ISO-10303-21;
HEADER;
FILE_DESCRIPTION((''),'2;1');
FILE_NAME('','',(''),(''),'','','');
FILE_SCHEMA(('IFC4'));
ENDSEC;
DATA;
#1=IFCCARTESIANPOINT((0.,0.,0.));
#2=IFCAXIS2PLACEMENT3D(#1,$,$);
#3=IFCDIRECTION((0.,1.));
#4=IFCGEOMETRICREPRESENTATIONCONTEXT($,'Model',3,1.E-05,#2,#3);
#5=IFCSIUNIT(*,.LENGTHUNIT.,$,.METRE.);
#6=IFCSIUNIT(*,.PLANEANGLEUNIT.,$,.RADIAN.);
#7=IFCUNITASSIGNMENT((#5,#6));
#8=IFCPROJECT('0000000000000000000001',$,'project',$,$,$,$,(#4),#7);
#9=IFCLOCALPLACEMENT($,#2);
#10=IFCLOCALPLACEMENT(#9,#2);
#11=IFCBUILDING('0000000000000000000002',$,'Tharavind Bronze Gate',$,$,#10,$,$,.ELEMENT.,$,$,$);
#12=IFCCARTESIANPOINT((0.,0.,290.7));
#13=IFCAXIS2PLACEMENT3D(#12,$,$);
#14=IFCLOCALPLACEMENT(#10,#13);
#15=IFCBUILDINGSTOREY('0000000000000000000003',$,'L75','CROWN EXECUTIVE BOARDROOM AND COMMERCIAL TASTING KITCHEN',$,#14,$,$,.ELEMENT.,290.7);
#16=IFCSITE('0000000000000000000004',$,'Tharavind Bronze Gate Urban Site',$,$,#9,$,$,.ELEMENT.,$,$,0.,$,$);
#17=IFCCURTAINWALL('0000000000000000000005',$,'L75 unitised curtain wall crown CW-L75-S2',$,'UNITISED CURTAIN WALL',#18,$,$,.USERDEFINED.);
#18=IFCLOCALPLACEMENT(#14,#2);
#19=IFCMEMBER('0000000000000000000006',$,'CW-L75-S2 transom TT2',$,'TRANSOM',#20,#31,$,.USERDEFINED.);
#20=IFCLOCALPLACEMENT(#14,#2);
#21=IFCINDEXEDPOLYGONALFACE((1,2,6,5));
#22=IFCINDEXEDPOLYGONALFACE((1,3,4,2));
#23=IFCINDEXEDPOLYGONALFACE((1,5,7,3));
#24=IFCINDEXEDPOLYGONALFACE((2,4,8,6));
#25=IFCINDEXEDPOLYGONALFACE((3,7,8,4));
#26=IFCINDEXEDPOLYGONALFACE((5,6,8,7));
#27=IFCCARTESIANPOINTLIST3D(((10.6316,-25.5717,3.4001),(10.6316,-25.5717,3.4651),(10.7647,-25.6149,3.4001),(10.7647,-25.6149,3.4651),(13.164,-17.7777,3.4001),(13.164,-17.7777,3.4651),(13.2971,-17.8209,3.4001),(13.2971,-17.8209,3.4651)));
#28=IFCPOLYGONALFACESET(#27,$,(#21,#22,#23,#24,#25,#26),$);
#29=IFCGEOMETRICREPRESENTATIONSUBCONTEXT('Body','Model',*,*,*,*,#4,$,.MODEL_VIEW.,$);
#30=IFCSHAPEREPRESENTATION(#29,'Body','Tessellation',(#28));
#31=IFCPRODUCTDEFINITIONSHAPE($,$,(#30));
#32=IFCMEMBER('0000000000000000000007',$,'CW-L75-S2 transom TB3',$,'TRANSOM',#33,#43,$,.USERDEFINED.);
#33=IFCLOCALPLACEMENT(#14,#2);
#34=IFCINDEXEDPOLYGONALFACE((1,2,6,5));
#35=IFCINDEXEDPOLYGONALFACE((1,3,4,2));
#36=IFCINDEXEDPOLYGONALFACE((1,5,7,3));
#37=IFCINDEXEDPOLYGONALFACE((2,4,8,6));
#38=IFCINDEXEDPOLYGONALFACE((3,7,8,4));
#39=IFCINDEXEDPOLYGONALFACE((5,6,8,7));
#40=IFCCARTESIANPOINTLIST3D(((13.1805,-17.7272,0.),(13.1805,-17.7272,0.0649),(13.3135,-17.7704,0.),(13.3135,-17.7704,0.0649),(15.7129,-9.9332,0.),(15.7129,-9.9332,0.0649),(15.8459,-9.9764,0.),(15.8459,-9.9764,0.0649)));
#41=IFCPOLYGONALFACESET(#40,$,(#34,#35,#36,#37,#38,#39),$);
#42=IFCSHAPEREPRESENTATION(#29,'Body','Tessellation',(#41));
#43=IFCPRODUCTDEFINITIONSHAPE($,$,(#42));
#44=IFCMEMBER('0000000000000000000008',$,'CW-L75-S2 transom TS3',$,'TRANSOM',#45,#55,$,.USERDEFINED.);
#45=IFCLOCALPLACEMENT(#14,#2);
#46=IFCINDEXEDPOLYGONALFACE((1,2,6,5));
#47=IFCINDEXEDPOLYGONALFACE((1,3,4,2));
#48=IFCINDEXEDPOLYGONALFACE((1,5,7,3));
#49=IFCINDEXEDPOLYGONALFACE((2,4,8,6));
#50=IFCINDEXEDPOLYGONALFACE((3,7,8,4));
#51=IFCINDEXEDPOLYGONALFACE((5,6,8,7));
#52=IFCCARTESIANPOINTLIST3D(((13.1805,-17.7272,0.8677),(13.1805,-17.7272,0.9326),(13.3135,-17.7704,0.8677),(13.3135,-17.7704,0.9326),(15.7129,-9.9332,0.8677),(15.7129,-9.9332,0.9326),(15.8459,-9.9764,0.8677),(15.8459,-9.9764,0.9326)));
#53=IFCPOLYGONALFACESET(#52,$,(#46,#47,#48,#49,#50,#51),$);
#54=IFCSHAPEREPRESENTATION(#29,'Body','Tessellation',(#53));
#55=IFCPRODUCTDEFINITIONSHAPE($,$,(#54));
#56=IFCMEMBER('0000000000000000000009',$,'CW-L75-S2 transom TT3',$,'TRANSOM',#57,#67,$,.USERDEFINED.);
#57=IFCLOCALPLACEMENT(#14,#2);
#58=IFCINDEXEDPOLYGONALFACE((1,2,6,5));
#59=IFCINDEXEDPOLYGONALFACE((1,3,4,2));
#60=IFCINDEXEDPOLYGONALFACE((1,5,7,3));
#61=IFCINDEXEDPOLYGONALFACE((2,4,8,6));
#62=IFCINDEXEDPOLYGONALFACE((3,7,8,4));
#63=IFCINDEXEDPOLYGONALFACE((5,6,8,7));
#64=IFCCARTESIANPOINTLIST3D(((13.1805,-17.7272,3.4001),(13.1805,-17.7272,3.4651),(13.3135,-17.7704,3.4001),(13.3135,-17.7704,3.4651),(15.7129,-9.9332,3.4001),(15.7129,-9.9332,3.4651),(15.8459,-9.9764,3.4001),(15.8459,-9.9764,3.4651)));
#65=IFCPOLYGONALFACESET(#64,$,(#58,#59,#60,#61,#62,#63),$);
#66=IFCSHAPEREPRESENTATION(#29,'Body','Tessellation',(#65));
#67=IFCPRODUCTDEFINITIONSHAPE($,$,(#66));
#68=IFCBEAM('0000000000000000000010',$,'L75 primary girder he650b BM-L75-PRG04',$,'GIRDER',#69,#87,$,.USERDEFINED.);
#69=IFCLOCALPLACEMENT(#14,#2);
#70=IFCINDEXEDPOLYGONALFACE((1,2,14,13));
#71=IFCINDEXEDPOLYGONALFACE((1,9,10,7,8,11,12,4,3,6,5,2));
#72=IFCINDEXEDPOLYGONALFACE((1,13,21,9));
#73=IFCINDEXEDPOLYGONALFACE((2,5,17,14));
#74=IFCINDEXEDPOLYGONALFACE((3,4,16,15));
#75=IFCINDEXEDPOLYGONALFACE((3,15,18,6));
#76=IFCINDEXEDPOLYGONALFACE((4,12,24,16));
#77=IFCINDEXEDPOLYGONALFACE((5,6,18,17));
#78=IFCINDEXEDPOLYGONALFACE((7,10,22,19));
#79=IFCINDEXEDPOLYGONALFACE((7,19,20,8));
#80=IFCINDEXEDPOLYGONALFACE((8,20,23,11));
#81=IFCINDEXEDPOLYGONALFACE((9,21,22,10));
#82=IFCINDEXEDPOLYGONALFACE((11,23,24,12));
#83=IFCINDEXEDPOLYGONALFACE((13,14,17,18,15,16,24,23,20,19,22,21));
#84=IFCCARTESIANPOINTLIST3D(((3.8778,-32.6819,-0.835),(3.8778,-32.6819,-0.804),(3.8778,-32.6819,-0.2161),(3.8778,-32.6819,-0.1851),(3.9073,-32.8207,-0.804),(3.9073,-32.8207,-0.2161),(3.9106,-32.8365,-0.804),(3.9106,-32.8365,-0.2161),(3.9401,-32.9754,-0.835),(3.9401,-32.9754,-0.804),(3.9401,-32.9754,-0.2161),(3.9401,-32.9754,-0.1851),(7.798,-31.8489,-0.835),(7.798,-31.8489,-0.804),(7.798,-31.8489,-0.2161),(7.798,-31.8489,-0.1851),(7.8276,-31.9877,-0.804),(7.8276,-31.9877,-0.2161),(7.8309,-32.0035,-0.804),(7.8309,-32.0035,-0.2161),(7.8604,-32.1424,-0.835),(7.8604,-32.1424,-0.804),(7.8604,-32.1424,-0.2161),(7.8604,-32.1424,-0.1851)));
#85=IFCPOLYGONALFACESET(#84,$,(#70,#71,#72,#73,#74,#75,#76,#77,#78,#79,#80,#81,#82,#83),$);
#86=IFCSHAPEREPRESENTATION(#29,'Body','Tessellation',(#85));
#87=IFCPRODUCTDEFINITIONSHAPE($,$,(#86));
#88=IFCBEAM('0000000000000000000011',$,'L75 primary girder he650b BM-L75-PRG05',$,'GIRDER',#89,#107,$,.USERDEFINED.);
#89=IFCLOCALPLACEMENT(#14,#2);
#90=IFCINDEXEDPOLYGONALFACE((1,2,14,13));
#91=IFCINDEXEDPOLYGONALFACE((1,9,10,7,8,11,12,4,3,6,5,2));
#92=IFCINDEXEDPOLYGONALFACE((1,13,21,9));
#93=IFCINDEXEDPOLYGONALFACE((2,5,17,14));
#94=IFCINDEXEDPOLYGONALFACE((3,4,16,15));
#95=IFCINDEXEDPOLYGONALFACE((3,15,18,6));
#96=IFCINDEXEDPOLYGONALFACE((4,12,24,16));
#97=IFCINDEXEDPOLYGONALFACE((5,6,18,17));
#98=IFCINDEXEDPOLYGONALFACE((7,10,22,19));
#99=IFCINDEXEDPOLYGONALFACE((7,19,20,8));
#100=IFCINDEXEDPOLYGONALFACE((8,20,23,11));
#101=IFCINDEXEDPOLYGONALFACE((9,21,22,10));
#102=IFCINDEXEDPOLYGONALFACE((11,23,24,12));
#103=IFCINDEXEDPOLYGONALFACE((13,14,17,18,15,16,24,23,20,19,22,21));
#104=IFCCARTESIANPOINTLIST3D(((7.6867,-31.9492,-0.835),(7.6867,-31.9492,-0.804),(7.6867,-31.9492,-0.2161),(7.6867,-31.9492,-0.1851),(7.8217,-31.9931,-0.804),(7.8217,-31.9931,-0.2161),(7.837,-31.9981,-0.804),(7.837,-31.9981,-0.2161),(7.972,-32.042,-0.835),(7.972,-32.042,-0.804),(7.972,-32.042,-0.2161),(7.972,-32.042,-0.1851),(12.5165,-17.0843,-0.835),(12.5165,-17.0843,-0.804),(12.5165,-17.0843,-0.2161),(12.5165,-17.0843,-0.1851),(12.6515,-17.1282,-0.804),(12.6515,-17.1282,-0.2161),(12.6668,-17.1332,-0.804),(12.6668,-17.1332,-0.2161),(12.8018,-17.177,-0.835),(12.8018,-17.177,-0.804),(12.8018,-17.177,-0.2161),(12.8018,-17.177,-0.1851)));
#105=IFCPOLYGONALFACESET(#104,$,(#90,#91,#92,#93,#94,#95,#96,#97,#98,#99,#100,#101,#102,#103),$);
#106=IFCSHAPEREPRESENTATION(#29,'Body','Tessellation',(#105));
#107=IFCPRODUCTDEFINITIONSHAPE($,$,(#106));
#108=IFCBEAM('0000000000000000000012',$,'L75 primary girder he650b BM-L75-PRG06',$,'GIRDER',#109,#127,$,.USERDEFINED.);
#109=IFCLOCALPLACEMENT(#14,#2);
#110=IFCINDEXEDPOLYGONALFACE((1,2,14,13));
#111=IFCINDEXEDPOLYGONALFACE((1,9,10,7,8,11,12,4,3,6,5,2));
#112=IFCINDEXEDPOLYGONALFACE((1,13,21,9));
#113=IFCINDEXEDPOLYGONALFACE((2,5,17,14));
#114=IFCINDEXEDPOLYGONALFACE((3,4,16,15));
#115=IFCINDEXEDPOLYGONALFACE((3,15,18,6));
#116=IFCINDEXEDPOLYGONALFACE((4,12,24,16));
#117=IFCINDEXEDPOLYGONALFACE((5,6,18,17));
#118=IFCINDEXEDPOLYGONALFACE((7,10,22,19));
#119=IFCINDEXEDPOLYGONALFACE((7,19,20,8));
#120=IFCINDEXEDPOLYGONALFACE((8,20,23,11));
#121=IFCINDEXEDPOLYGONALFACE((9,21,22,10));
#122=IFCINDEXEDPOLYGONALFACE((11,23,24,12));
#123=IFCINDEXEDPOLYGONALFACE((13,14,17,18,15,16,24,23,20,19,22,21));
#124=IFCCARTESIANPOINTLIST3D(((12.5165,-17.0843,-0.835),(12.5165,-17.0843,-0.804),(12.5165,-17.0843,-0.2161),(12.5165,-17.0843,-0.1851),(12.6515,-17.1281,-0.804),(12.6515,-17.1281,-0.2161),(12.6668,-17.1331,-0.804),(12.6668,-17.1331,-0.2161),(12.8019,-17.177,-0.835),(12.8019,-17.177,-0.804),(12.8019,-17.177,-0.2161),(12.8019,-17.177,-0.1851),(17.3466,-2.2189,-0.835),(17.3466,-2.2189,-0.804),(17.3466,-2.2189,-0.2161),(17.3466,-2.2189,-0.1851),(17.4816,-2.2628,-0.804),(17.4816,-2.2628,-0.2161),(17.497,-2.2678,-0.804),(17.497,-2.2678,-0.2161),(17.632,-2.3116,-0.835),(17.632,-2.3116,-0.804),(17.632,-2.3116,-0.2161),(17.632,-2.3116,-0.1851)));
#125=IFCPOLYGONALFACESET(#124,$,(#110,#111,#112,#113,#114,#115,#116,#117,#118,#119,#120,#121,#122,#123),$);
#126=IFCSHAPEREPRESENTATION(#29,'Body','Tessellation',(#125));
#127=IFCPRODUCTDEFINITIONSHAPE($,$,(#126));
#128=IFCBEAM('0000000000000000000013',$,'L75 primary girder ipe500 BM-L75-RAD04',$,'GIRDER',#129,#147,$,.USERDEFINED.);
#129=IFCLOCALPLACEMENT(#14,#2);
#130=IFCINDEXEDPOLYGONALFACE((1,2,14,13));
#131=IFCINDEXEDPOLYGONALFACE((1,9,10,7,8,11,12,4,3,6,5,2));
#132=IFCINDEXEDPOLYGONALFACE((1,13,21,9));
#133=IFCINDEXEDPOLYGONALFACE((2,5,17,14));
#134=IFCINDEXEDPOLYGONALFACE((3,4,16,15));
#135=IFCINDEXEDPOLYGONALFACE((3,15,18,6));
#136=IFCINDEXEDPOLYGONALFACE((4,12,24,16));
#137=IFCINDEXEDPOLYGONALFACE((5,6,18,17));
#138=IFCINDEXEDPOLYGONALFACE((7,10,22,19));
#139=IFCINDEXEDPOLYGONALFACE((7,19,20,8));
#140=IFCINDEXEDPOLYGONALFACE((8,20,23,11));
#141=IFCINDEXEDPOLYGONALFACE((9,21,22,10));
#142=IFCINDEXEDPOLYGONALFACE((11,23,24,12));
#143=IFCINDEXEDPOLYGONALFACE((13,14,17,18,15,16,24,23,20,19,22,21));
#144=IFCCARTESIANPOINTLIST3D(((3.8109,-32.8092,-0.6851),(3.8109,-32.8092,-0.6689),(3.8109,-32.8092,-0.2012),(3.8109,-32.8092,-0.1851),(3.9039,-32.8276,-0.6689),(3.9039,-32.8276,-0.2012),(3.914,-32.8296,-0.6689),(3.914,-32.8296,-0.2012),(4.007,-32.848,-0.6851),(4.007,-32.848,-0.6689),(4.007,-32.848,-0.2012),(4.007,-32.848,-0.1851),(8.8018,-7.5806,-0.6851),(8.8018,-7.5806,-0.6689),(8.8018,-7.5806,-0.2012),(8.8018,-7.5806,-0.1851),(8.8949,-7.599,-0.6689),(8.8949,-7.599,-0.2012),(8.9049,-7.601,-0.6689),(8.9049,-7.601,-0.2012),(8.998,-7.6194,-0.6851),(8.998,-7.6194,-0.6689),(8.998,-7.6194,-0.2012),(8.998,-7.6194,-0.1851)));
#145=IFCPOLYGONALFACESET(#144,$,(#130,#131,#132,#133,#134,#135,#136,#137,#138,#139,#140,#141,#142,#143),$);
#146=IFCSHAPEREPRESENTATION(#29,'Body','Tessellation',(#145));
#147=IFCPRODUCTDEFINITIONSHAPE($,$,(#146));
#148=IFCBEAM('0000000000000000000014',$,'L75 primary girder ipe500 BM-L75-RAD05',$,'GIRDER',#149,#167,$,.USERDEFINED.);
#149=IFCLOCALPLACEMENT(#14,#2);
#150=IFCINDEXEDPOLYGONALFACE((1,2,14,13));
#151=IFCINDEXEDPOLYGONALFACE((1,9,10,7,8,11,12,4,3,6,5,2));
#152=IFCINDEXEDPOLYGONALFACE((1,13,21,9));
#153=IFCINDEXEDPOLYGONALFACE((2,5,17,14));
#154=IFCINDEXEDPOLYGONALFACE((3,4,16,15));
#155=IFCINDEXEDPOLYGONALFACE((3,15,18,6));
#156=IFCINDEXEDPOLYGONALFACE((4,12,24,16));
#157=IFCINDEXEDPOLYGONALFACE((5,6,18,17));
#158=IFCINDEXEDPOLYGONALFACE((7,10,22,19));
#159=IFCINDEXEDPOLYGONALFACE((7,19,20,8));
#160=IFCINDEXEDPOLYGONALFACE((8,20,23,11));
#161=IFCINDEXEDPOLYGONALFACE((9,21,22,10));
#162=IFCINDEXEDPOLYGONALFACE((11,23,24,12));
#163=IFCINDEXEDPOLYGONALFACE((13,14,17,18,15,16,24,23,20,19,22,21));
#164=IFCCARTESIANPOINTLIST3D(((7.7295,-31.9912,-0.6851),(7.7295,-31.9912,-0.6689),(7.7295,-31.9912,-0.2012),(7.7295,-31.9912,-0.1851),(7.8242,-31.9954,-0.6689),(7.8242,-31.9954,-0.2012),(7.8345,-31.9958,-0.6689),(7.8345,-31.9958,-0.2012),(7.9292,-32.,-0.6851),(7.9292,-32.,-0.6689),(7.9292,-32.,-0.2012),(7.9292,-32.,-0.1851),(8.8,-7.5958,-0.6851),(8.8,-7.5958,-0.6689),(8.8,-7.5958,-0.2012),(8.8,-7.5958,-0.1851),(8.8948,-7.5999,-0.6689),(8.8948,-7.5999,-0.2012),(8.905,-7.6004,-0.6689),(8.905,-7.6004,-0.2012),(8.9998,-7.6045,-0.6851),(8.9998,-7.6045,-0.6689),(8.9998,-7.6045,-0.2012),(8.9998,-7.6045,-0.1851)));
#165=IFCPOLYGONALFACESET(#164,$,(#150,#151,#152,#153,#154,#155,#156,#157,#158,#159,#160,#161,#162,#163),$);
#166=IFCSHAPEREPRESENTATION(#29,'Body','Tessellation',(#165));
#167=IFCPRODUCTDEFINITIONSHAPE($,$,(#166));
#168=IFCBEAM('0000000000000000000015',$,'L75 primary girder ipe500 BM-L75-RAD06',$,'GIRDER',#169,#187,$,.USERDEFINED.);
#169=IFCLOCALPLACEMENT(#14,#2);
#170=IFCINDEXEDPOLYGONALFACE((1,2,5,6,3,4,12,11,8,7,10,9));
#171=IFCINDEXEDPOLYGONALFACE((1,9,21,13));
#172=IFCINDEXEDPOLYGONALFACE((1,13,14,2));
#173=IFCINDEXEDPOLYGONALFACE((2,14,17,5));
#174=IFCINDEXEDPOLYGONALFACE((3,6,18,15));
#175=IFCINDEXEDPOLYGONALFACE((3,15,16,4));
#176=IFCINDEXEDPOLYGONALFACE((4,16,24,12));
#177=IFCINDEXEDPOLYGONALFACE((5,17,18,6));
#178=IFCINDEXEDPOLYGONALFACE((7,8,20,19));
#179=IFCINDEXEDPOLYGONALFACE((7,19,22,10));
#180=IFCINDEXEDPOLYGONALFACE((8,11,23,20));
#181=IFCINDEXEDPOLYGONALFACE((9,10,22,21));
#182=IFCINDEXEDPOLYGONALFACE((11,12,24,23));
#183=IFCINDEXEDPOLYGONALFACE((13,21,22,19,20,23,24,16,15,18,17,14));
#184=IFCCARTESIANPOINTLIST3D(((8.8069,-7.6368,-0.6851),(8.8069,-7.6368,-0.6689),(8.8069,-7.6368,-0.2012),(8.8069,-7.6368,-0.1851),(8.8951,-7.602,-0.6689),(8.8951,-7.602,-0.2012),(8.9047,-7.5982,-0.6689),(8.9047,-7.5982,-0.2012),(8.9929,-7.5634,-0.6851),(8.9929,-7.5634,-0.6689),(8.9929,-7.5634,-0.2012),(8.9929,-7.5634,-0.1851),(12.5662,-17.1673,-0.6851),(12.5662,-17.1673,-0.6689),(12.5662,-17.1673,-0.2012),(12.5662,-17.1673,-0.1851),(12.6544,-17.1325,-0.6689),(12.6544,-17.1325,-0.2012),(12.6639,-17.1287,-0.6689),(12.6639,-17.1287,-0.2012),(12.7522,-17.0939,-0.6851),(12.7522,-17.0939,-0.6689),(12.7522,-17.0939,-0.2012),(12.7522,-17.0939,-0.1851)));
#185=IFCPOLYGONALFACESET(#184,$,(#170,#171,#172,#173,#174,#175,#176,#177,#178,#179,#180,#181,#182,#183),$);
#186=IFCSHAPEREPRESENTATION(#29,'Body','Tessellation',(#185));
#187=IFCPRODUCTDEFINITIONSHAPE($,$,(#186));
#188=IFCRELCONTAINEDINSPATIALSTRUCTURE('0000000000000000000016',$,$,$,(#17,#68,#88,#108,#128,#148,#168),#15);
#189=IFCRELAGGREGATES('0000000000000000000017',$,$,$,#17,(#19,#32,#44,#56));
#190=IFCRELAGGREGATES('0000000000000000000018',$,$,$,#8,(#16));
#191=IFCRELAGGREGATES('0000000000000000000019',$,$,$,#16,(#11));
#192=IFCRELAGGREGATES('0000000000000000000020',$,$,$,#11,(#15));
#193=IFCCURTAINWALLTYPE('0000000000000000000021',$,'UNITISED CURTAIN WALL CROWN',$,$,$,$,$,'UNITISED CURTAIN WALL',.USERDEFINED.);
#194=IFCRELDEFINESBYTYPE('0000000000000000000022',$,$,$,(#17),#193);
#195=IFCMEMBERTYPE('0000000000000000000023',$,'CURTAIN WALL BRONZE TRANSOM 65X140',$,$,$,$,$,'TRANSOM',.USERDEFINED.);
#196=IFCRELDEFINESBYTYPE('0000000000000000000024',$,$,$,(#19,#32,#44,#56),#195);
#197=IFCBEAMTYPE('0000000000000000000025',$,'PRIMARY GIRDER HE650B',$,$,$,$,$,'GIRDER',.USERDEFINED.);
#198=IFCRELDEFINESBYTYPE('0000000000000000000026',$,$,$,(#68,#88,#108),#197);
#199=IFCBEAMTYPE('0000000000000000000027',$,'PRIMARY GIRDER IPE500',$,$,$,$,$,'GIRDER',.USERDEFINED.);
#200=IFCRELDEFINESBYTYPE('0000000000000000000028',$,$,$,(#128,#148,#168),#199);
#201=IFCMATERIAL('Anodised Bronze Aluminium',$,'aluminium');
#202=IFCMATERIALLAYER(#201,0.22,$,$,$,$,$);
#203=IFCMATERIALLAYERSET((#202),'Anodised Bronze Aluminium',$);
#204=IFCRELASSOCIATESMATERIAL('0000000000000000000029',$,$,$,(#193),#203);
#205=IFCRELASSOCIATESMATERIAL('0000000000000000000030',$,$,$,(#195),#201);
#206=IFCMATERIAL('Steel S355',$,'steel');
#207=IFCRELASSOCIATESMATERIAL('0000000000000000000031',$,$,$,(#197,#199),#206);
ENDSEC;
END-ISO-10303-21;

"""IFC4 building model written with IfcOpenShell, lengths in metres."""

from ifc_helpers import new_model, si_unit, direction, frame, origin, origin_2d, place, context, subcontext, project, spatial, rectangle, i_section, extrude, material, layer, layer_set, material_profile, profile_set, type_object, element, aggregate, save


model = new_model("IFC4")

# Units and contexts
model_context = context("Model", 3, precision=1e-05, world=origin(), true_north=direction((0.0, 1.0)))
body_context = subcontext(model_context, "Body", "Model", "MODEL_VIEW")
ifc_project = project(units=[si_unit("LENGTHUNIT", "METRE"), si_unit("PLANEANGLEUNIT", "RADIAN")], contexts=[model_context])

# Site, building, storey
site_placement = place(None, origin())
site = spatial("IfcSite", under=ifc_project, at=site_placement, Name="Tharavind Bronze Gate Urban Site", CompositionType="ELEMENT", RefElevation=0.0)
building_placement = place(site_placement, origin())
building = spatial("IfcBuilding", under=site, at=building_placement, Name="Tharavind Bronze Gate", CompositionType="ELEMENT")
storey_placement = place(building_placement, frame((0.0, 0.0, 290.7)))
storey = spatial("IfcBuildingStorey", under=building, at=storey_placement, Name="L75", Description="CROWN EXECUTIVE BOARDROOM AND COMMERCIAL TASTING KITCHEN", CompositionType="ELEMENT", Elevation=290.7)

# Shared definitions
ifc_material_1 = material(Name="Anodised Bronze Aluminium", Category="aluminium")
ifc_layer_1 = layer(ifc_material_1, 0.22)
ifc_layer_set_1 = layer_set([ifc_layer_1], Name="Anodised Bronze Aluminium")
curtain_wall_type = type_object("IfcCurtainWallType", Name="UNITISED CURTAIN WALL CROWN", ElementType="UNITISED CURTAIN WALL", PredefinedType="USERDEFINED", material=ifc_layer_set_1)

# Curtain wall
curtain_wall_1_placement = place(storey_placement, origin())
curtain_wall_1 = element("IfcCurtainWall", 1, at=curtain_wall_1_placement, inside=storey, type_object=curtain_wall_type, Name="L75 unitised curtain wall crown CW-L75-S2", ObjectType="UNITISED CURTAIN WALL", PredefinedType="USERDEFINED")

# Members
member_type_1 = type_object("IfcMemberType", Name="CURTAIN WALL BRONZE TRANSOM 65X140", ElementType="TRANSOM", PredefinedType="USERDEFINED", material=ifc_material_1)
member_1_placement = place(storey_placement, frame((11.9644, -21.6963, 3.4001), z_axis=(0.0, 0.0, 1.0), x_axis=(0.309017, 0.951057, 0.0)))
member_1 = element("IfcMember", 2, at=member_1_placement, type_object=member_type_1, Name="CW-L75-S2 transom TT2", ObjectType="TRANSOM", PredefinedType="USERDEFINED", context=body_context, shape_type="SweptSolid", body=[
    extrude(rectangle(XDim=8.1951, YDim=0.1399, at=origin_2d()), origin(), (0.0, 0.0, 1.0), 0.0649),
])
member_2_placement = place(storey_placement, frame((14.5132, -13.8518, 0.0), z_axis=(0.0, 0.0, 1.0), x_axis=(0.309017, 0.951057, 0.0)))
member_2 = element("IfcMember", 3, at=member_2_placement, type_object=member_type_1, Name="CW-L75-S2 transom TB3", ObjectType="TRANSOM", PredefinedType="USERDEFINED", context=body_context, shape_type="SweptSolid", body=[
    extrude(rectangle(XDim=8.1951, YDim=0.1399, at=origin_2d()), origin(), (0.0, 0.0, 1.0), 0.0649),
])
member_3_placement = place(storey_placement, frame((14.5132, -13.8518, 0.8677), z_axis=(0.0, 0.0, 1.0), x_axis=(0.309017, 0.951057, 0.0)))
member_3 = element("IfcMember", 4, at=member_3_placement, type_object=member_type_1, Name="CW-L75-S2 transom TS3", ObjectType="TRANSOM", PredefinedType="USERDEFINED", context=body_context, shape_type="SweptSolid", body=[
    extrude(rectangle(XDim=8.1951, YDim=0.1399, at=origin_2d()), origin(), (0.0, 0.0, 1.0), 0.0649),
])
member_4_placement = place(storey_placement, frame((14.5132, -13.8518, 3.4001), z_axis=(0.0, 0.0, 1.0), x_axis=(0.309017, 0.951057, 0.0)))
member_4 = element("IfcMember", 5, at=member_4_placement, type_object=member_type_1, Name="CW-L75-S2 transom TT3", ObjectType="TRANSOM", PredefinedType="USERDEFINED", context=body_context, shape_type="SweptSolid", body=[
    extrude(rectangle(XDim=8.1951, YDim=0.1399, at=origin_2d()), origin(), (0.0, 0.0, 1.0), 0.0649),
])

# Beams
ifc_material_2 = material(Name="Steel S355", Category="steel")
ifc_material_profile_1 = material_profile(ifc_material_2, i_section(OverallWidth=0.3, OverallDepth=0.6499, WebThickness=0.0161, FlangeThickness=0.031, at=origin_2d()), Name="HE650B")
ifc_profile_set_1 = profile_set([ifc_material_profile_1], Name="Steel S355")
beam_type_1 = type_object("IfcBeamType", Name="PRIMARY GIRDER HE650B", ElementType="GIRDER", PredefinedType="USERDEFINED", material=ifc_profile_set_1)
beam_1_placement = place(storey_placement, frame((3.9089, -32.8286, -0.51), z_axis=(0.978163, 0.20784, 0.0), x_axis=(-0.20784, 0.978163, 0.0)))
element("IfcBeam", 6, at=beam_1_placement, inside=storey, type_object=beam_type_1, Name="L75 primary girder he650b BM-L75-PRG04", ObjectType="GIRDER", PredefinedType="USERDEFINED", context=body_context, shape_type="SweptSolid", body=[
    extrude(i_section(OverallWidth=0.3, OverallDepth=0.6499, WebThickness=0.0161, FlangeThickness=0.031, at=origin_2d()), origin(), (0.0, 0.0, 1.0), 4.0078),
])
beam_2_placement = place(storey_placement, frame((7.8293, -31.9956, -0.51), z_axis=(0.309012, 0.951058, 0.0), x_axis=(-0.951058, 0.309012, 0.0)))
element("IfcBeam", 7, at=beam_2_placement, inside=storey, type_object=beam_type_1, Name="L75 primary girder he650b BM-L75-PRG05", ObjectType="GIRDER", PredefinedType="USERDEFINED", context=body_context, shape_type="SweptSolid", body=[
    extrude(i_section(OverallWidth=0.3, OverallDepth=0.6499, WebThickness=0.0161, FlangeThickness=0.031, at=origin_2d()), origin(), (0.0, 0.0, 1.0), 15.6299),
])
beam_3_placement = place(storey_placement, frame((12.6592, -17.1306, -0.51), z_axis=(0.309021, 0.951055, 0.0), x_axis=(-0.951055, 0.309021, 0.0)))
element("IfcBeam", 8, at=beam_3_placement, inside=storey, type_object=beam_type_1, Name="L75 primary girder he650b BM-L75-PRG06", ObjectType="GIRDER", PredefinedType="USERDEFINED", context=body_context, shape_type="SweptSolid", body=[
    extrude(i_section(OverallWidth=0.3, OverallDepth=0.6499, WebThickness=0.0161, FlangeThickness=0.031, at=origin_2d()), origin(), (0.0, 0.0, 1.0), 15.6304),
])
ifc_material_profile_2 = material_profile(ifc_material_2, i_section(OverallWidth=0.2, OverallDepth=0.5, WebThickness=0.0103, FlangeThickness=0.0161, at=origin_2d()), Name="IPE500")
ifc_profile_set_2 = profile_set([ifc_material_profile_2], Name="Steel S355")
beam_type_2 = type_object("IfcBeamType", Name="PRIMARY GIRDER IPE500", ElementType="GIRDER", PredefinedType="USERDEFINED", material=ifc_profile_set_2)
beam_4_placement = place(storey_placement, frame((3.9089, -32.8286, -0.4351), z_axis=(0.194069, 0.980988, 0.0), x_axis=(-0.980988, 0.194069, 0.0)))
element("IfcBeam", 9, at=beam_4_placement, inside=storey, type_object=beam_type_2, Name="L75 primary girder ipe500 BM-L75-RAD04", ObjectType="GIRDER", PredefinedType="USERDEFINED", context=body_context, shape_type="SweptSolid", body=[
    extrude(i_section(OverallWidth=0.2, OverallDepth=0.5, WebThickness=0.0103, FlangeThickness=0.0161, at=origin_2d()), origin(), (0.0, 0.0, 1.0), 25.7175),
])
beam_5_placement = place(storey_placement, frame((7.8293, -31.9956, -0.4351), z_axis=(0.043841, 0.999039, 0.0), x_axis=(-0.999039, 0.043841, 0.0)))
element("IfcBeam", 10, at=beam_5_placement, inside=storey, type_object=beam_type_2, Name="L75 primary girder ipe500 BM-L75-RAD05", ObjectType="GIRDER", PredefinedType="USERDEFINED", context=body_context, shape_type="SweptSolid", body=[
    extrude(i_section(OverallWidth=0.2, OverallDepth=0.5, WebThickness=0.0103, FlangeThickness=0.0161, at=origin_2d()), origin(), (0.0, 0.0, 1.0), 24.4189),
])
beam_6_placement = place(storey_placement, frame((12.6592, -17.1306, -0.4351), z_axis=(-0.366933, 0.930247, 0.0), x_axis=(-0.930247, -0.366933, 0.0)))
element("IfcBeam", 11, at=beam_6_placement, inside=storey, type_object=beam_type_2, Name="L75 primary girder ipe500 BM-L75-RAD06", ObjectType="GIRDER", PredefinedType="USERDEFINED", context=body_context, shape_type="SweptSolid", body=[
    extrude(i_section(OverallWidth=0.2, OverallDepth=0.5, WebThickness=0.0103, FlangeThickness=0.0161, at=origin_2d()), origin(), (0.0, 0.0, 1.0), 10.2451),
])

aggregate(curtain_wall_1, [member_1, member_2, member_3, member_4])

save(model, "model.ifc")
